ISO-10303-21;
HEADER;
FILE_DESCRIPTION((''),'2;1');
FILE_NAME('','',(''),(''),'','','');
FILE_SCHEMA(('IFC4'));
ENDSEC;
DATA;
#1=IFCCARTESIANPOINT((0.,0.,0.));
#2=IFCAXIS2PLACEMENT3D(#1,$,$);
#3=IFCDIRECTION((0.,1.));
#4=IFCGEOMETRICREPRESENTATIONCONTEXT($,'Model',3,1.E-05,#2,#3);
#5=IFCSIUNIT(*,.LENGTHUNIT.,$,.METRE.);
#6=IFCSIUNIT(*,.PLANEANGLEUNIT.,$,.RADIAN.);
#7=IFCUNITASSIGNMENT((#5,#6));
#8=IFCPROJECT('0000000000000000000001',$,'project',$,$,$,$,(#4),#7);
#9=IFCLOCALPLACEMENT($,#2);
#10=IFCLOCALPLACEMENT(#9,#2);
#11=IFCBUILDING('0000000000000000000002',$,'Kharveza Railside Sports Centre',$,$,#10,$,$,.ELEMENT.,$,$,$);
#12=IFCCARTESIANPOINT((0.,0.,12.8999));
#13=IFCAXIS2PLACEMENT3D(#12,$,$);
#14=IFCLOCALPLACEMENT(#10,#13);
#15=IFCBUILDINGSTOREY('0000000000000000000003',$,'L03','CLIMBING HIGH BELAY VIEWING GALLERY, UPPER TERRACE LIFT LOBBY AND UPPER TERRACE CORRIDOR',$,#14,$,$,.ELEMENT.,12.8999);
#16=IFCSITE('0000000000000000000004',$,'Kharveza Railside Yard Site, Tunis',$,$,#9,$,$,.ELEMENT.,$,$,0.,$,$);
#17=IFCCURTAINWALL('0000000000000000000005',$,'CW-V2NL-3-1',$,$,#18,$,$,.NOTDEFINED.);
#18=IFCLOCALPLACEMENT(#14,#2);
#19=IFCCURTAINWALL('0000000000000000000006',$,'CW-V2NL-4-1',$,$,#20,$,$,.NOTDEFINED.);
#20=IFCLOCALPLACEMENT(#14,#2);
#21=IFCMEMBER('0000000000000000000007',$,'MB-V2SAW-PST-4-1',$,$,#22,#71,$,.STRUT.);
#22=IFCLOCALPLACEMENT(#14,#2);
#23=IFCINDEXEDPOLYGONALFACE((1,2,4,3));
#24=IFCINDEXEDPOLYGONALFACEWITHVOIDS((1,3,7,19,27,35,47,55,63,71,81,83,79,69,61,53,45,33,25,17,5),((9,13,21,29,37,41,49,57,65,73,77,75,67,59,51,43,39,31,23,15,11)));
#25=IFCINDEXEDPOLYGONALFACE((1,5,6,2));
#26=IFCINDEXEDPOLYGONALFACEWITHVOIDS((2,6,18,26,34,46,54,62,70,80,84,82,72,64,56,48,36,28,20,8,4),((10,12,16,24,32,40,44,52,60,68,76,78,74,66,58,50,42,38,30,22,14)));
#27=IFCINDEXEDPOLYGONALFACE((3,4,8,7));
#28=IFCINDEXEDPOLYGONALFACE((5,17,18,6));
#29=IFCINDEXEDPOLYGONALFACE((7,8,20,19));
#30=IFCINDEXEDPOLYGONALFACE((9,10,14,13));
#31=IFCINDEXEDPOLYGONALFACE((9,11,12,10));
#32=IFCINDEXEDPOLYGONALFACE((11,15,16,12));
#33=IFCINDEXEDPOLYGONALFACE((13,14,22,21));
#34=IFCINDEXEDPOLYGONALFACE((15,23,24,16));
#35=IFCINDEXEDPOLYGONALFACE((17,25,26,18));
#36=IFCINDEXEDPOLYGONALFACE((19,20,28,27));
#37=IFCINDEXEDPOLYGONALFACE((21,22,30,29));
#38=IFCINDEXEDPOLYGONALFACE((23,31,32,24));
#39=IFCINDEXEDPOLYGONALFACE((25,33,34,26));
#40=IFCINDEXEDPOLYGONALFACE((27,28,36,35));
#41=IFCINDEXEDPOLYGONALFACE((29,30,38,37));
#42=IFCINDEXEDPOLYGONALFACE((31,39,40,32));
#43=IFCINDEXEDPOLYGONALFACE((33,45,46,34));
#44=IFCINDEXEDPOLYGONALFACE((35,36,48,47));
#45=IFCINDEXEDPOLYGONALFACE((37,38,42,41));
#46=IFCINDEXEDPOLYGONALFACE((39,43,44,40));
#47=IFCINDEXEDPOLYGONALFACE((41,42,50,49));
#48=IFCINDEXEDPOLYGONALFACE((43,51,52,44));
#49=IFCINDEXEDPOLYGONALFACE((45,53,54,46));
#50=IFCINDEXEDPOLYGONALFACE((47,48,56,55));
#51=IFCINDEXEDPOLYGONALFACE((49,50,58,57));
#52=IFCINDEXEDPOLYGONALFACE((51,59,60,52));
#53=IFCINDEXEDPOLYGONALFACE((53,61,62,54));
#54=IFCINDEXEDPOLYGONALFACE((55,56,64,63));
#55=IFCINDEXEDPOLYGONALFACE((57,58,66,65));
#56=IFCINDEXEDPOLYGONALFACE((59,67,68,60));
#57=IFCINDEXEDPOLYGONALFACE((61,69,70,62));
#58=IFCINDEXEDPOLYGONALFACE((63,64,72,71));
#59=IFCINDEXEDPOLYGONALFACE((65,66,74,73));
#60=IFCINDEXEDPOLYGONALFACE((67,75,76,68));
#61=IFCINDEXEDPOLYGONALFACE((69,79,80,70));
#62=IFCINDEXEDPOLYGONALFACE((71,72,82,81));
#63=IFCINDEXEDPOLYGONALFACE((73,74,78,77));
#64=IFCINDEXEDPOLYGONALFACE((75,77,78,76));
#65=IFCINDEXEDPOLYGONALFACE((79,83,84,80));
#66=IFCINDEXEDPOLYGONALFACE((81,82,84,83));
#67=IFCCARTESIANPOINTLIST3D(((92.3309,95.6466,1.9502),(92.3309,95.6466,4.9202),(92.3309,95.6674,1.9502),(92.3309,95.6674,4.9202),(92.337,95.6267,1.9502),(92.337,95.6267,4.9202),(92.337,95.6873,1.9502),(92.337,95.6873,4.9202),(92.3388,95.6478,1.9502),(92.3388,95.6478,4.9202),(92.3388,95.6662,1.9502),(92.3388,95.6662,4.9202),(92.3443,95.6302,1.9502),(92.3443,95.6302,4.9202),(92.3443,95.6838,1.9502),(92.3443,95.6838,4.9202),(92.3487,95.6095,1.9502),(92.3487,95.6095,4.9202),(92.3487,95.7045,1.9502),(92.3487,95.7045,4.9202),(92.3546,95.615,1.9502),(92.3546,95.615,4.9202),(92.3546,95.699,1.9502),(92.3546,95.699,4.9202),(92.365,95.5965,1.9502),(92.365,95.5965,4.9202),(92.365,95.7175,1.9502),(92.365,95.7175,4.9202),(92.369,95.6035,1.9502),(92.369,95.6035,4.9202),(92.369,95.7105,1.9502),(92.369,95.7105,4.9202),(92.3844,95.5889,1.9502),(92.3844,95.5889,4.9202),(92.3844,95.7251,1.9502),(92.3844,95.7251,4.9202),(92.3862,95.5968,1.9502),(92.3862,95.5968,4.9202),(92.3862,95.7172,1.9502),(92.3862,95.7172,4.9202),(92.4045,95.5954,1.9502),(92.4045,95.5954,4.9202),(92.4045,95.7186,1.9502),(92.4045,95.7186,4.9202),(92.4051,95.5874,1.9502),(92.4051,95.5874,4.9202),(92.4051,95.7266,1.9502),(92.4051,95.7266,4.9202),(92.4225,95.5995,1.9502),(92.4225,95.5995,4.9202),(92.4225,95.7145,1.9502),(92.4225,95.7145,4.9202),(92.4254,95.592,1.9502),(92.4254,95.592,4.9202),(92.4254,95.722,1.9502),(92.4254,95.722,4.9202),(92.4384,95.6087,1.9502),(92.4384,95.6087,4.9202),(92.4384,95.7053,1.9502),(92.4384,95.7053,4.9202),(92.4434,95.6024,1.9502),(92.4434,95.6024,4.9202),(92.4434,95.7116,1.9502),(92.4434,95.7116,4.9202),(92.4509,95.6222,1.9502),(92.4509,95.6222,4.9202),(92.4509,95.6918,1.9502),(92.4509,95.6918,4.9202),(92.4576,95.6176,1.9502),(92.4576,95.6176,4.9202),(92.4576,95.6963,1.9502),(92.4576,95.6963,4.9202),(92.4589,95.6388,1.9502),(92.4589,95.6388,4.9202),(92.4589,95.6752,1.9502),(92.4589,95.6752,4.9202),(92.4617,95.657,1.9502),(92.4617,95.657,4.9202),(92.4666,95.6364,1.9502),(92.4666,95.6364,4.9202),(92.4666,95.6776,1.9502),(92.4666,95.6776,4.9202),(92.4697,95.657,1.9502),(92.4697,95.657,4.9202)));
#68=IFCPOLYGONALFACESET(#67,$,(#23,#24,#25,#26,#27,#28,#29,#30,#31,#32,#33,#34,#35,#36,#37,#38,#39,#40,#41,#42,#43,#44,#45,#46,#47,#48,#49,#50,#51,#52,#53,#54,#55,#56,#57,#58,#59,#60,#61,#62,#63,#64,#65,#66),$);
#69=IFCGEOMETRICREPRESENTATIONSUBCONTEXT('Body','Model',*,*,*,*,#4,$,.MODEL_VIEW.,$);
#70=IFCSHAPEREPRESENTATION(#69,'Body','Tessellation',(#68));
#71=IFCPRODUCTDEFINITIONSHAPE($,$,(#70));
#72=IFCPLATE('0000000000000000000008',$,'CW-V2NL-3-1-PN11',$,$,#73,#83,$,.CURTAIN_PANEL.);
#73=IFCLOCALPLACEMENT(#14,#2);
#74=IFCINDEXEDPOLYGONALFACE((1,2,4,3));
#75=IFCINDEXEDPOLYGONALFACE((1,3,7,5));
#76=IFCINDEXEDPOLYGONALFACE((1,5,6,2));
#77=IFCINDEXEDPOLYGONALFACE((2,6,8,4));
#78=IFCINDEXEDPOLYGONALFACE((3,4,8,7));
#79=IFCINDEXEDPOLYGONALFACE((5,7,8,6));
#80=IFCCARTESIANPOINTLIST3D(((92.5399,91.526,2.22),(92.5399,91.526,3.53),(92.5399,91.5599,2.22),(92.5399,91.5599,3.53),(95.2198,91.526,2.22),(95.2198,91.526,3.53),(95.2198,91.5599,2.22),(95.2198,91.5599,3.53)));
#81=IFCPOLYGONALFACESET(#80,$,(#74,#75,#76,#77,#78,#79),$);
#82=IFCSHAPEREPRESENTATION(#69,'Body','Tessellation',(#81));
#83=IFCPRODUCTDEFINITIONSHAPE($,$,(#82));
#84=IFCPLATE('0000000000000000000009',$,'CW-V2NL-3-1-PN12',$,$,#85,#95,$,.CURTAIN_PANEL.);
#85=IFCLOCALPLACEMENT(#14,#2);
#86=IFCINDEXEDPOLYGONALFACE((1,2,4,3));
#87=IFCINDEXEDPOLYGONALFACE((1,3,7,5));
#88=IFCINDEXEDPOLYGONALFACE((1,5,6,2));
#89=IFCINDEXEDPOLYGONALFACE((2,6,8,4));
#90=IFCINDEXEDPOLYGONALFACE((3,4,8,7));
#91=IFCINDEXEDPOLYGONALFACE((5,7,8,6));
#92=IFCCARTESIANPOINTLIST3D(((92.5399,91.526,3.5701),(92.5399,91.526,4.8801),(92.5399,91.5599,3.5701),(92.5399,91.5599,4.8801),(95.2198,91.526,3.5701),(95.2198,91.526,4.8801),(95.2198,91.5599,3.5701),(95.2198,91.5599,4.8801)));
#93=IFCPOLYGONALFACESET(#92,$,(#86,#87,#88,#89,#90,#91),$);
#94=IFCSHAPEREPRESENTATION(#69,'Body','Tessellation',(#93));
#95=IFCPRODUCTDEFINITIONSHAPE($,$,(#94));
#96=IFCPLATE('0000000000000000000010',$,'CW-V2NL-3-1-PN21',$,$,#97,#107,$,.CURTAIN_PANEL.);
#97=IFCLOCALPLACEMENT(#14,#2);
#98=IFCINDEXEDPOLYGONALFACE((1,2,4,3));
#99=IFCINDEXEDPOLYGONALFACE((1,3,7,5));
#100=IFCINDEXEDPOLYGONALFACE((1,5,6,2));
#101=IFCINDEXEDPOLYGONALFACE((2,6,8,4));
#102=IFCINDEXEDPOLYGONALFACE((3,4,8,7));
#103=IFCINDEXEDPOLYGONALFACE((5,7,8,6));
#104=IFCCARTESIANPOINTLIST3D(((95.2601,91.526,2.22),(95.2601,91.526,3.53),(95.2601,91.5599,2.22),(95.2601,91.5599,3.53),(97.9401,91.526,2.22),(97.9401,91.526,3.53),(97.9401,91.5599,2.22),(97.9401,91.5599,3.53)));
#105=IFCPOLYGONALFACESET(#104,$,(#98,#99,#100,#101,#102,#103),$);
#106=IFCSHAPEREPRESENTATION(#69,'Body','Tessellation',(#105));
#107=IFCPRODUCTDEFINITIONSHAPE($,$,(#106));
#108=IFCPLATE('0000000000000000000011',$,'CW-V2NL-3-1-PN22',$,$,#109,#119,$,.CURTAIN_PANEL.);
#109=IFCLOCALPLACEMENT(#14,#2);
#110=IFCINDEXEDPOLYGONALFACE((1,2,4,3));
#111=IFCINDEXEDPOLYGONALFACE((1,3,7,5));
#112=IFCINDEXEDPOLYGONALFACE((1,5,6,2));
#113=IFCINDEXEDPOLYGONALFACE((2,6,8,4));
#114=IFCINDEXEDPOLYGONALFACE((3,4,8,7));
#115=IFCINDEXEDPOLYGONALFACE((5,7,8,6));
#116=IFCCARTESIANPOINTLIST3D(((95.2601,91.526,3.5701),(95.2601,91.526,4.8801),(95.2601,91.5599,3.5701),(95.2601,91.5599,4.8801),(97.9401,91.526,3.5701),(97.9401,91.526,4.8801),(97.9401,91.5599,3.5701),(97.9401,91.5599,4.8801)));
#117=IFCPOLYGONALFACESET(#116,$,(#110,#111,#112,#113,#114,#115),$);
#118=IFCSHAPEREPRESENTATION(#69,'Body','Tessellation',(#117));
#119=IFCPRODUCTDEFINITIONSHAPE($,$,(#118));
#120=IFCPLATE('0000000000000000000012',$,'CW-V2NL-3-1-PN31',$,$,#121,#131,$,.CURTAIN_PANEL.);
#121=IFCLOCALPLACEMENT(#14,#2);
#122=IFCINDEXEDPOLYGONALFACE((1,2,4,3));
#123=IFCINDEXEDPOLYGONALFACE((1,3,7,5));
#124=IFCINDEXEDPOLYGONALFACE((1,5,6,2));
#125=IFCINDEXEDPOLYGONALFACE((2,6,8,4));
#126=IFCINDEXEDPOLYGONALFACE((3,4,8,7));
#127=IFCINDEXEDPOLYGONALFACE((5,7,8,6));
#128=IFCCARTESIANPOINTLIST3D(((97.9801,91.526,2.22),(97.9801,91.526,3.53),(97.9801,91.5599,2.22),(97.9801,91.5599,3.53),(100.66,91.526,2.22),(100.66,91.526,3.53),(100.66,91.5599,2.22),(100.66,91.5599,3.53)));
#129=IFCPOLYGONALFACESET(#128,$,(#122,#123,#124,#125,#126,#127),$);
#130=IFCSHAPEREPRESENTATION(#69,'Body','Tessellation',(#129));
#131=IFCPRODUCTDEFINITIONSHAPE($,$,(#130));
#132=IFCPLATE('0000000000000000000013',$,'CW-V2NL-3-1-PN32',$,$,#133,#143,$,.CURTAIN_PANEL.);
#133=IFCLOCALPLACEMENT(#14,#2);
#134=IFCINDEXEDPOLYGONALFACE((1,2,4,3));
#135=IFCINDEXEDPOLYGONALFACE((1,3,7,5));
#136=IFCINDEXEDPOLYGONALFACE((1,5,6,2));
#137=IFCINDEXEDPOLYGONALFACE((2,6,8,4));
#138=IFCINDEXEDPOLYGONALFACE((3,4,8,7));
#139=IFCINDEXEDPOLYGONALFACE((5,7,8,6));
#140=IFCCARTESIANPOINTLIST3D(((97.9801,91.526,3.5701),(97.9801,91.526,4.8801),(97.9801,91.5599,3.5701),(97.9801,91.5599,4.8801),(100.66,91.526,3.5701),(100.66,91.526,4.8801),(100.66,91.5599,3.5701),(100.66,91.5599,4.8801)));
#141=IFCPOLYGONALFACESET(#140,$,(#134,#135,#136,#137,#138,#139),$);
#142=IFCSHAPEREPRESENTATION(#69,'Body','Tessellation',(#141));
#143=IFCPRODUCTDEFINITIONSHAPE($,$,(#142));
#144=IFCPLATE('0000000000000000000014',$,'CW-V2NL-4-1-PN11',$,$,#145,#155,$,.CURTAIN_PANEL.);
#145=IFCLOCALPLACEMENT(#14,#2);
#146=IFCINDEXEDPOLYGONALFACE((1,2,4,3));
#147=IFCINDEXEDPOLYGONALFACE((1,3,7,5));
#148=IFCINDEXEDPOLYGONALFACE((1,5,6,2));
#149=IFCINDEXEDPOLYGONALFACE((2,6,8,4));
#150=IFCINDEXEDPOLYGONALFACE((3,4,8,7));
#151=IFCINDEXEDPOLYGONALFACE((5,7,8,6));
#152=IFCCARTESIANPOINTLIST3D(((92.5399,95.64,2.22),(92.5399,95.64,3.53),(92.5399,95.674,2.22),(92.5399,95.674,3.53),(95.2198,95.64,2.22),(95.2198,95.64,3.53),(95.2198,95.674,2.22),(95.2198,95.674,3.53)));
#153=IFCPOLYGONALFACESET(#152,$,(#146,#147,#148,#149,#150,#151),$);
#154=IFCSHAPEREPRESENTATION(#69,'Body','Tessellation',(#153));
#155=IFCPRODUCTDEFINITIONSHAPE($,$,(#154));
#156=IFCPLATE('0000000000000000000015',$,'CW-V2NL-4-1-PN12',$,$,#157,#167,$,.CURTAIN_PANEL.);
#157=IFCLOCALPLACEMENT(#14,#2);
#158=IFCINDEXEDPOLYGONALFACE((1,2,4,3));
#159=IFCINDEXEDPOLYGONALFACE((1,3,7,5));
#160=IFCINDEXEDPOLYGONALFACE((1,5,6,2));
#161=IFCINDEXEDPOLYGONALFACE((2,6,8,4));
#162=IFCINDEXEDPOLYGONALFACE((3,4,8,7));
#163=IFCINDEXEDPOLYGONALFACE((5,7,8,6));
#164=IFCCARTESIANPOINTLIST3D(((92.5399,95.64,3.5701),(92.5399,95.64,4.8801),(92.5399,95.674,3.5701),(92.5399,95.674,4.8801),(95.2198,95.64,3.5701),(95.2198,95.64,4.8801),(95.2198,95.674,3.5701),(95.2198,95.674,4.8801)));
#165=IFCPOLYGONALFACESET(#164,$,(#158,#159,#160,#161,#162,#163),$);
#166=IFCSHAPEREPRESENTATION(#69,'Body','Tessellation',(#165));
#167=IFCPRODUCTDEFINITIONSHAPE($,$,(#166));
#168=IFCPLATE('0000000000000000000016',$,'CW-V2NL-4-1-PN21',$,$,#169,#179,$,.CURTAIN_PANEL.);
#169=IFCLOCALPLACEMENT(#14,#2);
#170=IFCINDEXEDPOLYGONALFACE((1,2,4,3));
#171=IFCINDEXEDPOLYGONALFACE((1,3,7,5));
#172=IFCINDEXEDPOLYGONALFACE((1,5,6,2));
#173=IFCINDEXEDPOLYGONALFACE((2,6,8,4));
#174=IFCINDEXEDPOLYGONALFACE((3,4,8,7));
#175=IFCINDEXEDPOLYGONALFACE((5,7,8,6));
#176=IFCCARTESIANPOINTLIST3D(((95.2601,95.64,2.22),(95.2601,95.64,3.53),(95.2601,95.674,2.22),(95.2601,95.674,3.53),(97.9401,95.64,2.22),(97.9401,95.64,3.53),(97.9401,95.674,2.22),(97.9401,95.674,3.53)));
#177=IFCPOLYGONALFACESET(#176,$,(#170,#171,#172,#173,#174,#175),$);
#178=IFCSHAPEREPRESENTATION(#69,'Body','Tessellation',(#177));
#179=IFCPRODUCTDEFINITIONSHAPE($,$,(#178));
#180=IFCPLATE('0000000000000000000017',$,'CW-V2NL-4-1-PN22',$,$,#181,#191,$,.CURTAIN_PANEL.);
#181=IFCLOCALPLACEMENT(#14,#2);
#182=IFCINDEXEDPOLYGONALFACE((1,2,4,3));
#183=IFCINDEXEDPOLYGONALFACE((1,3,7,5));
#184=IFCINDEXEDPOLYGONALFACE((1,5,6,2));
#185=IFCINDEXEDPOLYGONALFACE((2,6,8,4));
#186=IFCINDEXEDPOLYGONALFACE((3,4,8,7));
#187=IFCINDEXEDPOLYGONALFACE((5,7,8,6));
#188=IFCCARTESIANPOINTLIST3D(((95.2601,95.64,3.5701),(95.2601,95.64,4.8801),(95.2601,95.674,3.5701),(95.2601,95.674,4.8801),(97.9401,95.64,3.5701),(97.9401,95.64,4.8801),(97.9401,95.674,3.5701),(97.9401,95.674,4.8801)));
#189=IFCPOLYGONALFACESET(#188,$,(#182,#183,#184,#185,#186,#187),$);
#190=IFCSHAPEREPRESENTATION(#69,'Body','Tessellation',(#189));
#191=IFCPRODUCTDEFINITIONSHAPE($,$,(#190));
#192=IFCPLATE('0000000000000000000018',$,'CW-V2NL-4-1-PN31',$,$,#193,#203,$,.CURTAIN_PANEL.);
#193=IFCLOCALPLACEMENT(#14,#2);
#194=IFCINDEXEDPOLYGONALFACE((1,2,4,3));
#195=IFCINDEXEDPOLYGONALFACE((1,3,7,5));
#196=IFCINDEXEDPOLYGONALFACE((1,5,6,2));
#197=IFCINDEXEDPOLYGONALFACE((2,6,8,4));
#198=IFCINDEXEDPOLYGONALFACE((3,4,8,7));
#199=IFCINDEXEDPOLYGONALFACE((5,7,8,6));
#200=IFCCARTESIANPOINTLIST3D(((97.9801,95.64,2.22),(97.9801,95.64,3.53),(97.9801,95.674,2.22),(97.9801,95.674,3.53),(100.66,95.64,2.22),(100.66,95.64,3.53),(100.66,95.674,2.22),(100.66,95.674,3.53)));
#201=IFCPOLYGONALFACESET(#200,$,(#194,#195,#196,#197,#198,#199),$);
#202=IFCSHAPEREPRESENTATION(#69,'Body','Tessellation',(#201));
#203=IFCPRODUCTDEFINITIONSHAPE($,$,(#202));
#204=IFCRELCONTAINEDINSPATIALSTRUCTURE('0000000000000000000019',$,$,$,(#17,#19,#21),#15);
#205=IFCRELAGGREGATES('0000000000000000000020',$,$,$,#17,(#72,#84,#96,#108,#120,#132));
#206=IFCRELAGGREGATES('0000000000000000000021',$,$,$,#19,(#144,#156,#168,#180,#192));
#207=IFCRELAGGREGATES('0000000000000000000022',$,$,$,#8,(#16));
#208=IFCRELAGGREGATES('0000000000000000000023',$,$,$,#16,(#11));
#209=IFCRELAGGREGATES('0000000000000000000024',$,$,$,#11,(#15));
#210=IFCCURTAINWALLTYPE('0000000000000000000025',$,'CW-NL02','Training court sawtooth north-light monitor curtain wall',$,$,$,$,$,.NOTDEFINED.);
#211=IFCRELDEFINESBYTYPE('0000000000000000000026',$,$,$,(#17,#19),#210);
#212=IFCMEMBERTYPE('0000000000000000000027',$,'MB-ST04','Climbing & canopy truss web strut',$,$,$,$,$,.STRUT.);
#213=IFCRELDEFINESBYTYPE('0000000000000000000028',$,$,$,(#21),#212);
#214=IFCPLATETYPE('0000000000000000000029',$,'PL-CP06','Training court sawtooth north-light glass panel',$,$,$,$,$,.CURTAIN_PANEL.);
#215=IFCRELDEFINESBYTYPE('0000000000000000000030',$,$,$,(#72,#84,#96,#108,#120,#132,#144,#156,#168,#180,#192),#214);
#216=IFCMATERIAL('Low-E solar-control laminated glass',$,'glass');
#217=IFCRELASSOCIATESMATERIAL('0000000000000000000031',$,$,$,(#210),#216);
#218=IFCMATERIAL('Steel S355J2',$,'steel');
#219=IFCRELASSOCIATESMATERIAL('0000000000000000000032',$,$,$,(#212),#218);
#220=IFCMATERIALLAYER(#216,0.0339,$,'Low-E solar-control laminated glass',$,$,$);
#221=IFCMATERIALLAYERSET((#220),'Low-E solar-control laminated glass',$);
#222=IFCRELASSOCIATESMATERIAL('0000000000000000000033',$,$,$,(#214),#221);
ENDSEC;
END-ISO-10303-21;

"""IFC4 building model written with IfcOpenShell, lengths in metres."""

from ifc_helpers import new_model, si_unit, direction, frame, origin, origin_2d, place, context, subcontext, project, spatial, rectangle, hollow_circle, extrude, material, layer, layer_set, material_profile, profile_set, type_object, element, aggregate, save


model = new_model("IFC4")

# Units and contexts
model_context = context("Model", 3, precision=1e-05, world=origin(), true_north=direction((0.0, 1.0)))
body_context = subcontext(model_context, "Body", "Model", "MODEL_VIEW")
ifc_project = project(units=[si_unit("LENGTHUNIT", "METRE"), si_unit("PLANEANGLEUNIT", "RADIAN")], contexts=[model_context])

# Site, building, storey
site_placement = place(None, origin())
site = spatial("IfcSite", under=ifc_project, at=site_placement, Name="Kharveza Railside Yard Site, Tunis", CompositionType="ELEMENT", RefElevation=0.0)
building_placement = place(site_placement, origin())
building = spatial("IfcBuilding", under=site, at=building_placement, Name="Kharveza Railside Sports Centre", CompositionType="ELEMENT")
storey_placement = place(building_placement, frame((0.0, 0.0, 12.8999)))
storey = spatial("IfcBuildingStorey", under=building, at=storey_placement, Name="L03", Description="CLIMBING HIGH BELAY VIEWING GALLERY, UPPER TERRACE LIFT LOBBY AND UPPER TERRACE CORRIDOR", CompositionType="ELEMENT", Elevation=12.8999)

# Shared definitions
ifc_material_1 = material(Name="Steel S355J2", Category="steel")

# Curtain walls
ifc_material_2 = material(Name="Low-E solar-control laminated glass", Category="glass")
curtain_wall_type = type_object("IfcCurtainWallType", Name="CW-NL02", Description="Training court sawtooth north-light monitor curtain wall", PredefinedType="NOTDEFINED", material=ifc_material_2)
curtain_wall_1_placement = place(storey_placement, origin())
curtain_wall_1 = element("IfcCurtainWall", 1, at=curtain_wall_1_placement, inside=storey, type_object=curtain_wall_type, Name="CW-V2NL-3-1", PredefinedType="NOTDEFINED")
curtain_wall_2_placement = place(storey_placement, origin())
curtain_wall_2 = element("IfcCurtainWall", 2, at=curtain_wall_2_placement, inside=storey, type_object=curtain_wall_type, Name="CW-V2NL-4-1", PredefinedType="NOTDEFINED")

# Member
ifc_material_profile_1 = material_profile(ifc_material_1, hollow_circle(Radius=0.0698, WallThickness=0.0081, at=origin_2d()), Name="CHS 139.7x8.0")
ifc_profile_set_1 = profile_set([ifc_material_profile_1], Name="Steel S355J2")
member_type_1 = type_object("IfcMemberType", Name="MB-ST04", Description="Climbing & canopy truss web strut", PredefinedType="STRUT", material=ifc_profile_set_1)
member_1_placement = place(storey_placement, frame((92.3999, 95.657, 1.9502), z_axis=(0.0, 0.0, 1.0), x_axis=(1.0, 0.0, 0.0)))
element("IfcMember", 3, at=member_1_placement, inside=storey, type_object=member_type_1, Name="MB-V2SAW-PST-4-1", PredefinedType="STRUT", context=body_context, shape_type="SweptSolid", body=[
    extrude(hollow_circle(Radius=0.0698, WallThickness=0.0081, at=origin_2d()), origin(), (0.0, 0.0, 1.0), 2.97),
])

# Plates
ifc_layer_1 = layer(ifc_material_2, 0.0339, Name="Low-E solar-control laminated glass")
ifc_layer_set_1 = layer_set([ifc_layer_1], Name="Low-E solar-control laminated glass")
plate_type = type_object("IfcPlateType", Name="PL-CP06", Description="Training court sawtooth north-light glass panel", PredefinedType="CURTAIN_PANEL", material=ifc_layer_set_1)
plate_1_placement = place(storey_placement, frame((93.8799, 91.543, 2.22), z_axis=(0.0, 0.0, 1.0), x_axis=(1.0, 0.0, 0.0)))
plate_1 = element("IfcPlate", 4, at=plate_1_placement, type_object=plate_type, Name="CW-V2NL-3-1-PN11", PredefinedType="CURTAIN_PANEL", context=body_context, shape_type="SweptSolid", body=[
    extrude(rectangle(XDim=2.6799, YDim=0.0339, at=origin_2d()), origin(), (0.0, 0.0, 1.0), 1.3101),
])
plate_2_placement = place(storey_placement, frame((93.8799, 91.543, 3.5701), z_axis=(0.0, 0.0, 1.0), x_axis=(1.0, 0.0, 0.0)))
plate_2 = element("IfcPlate", 5, at=plate_2_placement, type_object=plate_type, Name="CW-V2NL-3-1-PN12", PredefinedType="CURTAIN_PANEL", context=body_context, shape_type="SweptSolid", body=[
    extrude(rectangle(XDim=2.6799, YDim=0.0339, at=origin_2d()), origin(), (0.0, 0.0, 1.0), 1.3101),
])
plate_3_placement = place(storey_placement, frame((96.6001, 91.543, 2.22), z_axis=(0.0, 0.0, 1.0), x_axis=(1.0, 0.0, 0.0)))
plate_3 = element("IfcPlate", 6, at=plate_3_placement, type_object=plate_type, Name="CW-V2NL-3-1-PN21", PredefinedType="CURTAIN_PANEL", context=body_context, shape_type="SweptSolid", body=[
    extrude(rectangle(XDim=2.6799, YDim=0.0339, at=origin_2d()), origin(), (0.0, 0.0, 1.0), 1.3101),
])
plate_4_placement = place(storey_placement, frame((96.6001, 91.543, 3.5701), z_axis=(0.0, 0.0, 1.0), x_axis=(1.0, 0.0, 0.0)))
plate_4 = element("IfcPlate", 7, at=plate_4_placement, type_object=plate_type, Name="CW-V2NL-3-1-PN22", PredefinedType="CURTAIN_PANEL", context=body_context, shape_type="SweptSolid", body=[
    extrude(rectangle(XDim=2.6799, YDim=0.0339, at=origin_2d()), origin(), (0.0, 0.0, 1.0), 1.3101),
])
plate_5_placement = place(storey_placement, frame((99.3201, 91.543, 2.22), z_axis=(0.0, 0.0, 1.0), x_axis=(1.0, 0.0, 0.0)))
plate_5 = element("IfcPlate", 8, at=plate_5_placement, type_object=plate_type, Name="CW-V2NL-3-1-PN31", PredefinedType="CURTAIN_PANEL", context=body_context, shape_type="SweptSolid", body=[
    extrude(rectangle(XDim=2.6799, YDim=0.0339, at=origin_2d()), origin(), (0.0, 0.0, 1.0), 1.3101),
])
plate_6_placement = place(storey_placement, frame((99.3201, 91.543, 3.5701), z_axis=(0.0, 0.0, 1.0), x_axis=(1.0, 0.0, 0.0)))
plate_6 = element("IfcPlate", 9, at=plate_6_placement, type_object=plate_type, Name="CW-V2NL-3-1-PN32", PredefinedType="CURTAIN_PANEL", context=body_context, shape_type="SweptSolid", body=[
    extrude(rectangle(XDim=2.6799, YDim=0.0339, at=origin_2d()), origin(), (0.0, 0.0, 1.0), 1.3101),
])
aggregate(curtain_wall_1, [plate_1, plate_2, plate_3, plate_4, plate_5, plate_6])
plate_7_placement = place(storey_placement, frame((93.8799, 95.657, 2.22), z_axis=(0.0, 0.0, 1.0), x_axis=(1.0, 0.0, 0.0)))
plate_7 = element("IfcPlate", 10, at=plate_7_placement, type_object=plate_type, Name="CW-V2NL-4-1-PN11", PredefinedType="CURTAIN_PANEL", context=body_context, shape_type="SweptSolid", body=[
    extrude(rectangle(XDim=2.6799, YDim=0.0339, at=origin_2d()), origin(), (0.0, 0.0, 1.0), 1.3101),
])
plate_8_placement = place(storey_placement, frame((93.8799, 95.657, 3.5701), z_axis=(0.0, 0.0, 1.0), x_axis=(1.0, 0.0, 0.0)))
plate_8 = element("IfcPlate", 11, at=plate_8_placement, type_object=plate_type, Name="CW-V2NL-4-1-PN12", PredefinedType="CURTAIN_PANEL", context=body_context, shape_type="SweptSolid", body=[
    extrude(rectangle(XDim=2.6799, YDim=0.0339, at=origin_2d()), origin(), (0.0, 0.0, 1.0), 1.3101),
])
plate_9_placement = place(storey_placement, frame((96.6001, 95.657, 2.22), z_axis=(0.0, 0.0, 1.0), x_axis=(1.0, 0.0, 0.0)))
plate_9 = element("IfcPlate", 12, at=plate_9_placement, type_object=plate_type, Name="CW-V2NL-4-1-PN21", PredefinedType="CURTAIN_PANEL", context=body_context, shape_type="SweptSolid", body=[
    extrude(rectangle(XDim=2.6799, YDim=0.0339, at=origin_2d()), origin(), (0.0, 0.0, 1.0), 1.3101),
])
plate_10_placement = place(storey_placement, frame((96.6001, 95.657, 3.5701), z_axis=(0.0, 0.0, 1.0), x_axis=(1.0, 0.0, 0.0)))
plate_10 = element("IfcPlate", 13, at=plate_10_placement, type_object=plate_type, Name="CW-V2NL-4-1-PN22", PredefinedType="CURTAIN_PANEL", context=body_context, shape_type="SweptSolid", body=[
    extrude(rectangle(XDim=2.6799, YDim=0.0339, at=origin_2d()), origin(), (0.0, 0.0, 1.0), 1.3101),
])
plate_11_placement = place(storey_placement, frame((99.3201, 95.657, 2.22), z_axis=(0.0, 0.0, 1.0), x_axis=(1.0, 0.0, 0.0)))
plate_11 = element("IfcPlate", 14, at=plate_11_placement, type_object=plate_type, Name="CW-V2NL-4-1-PN31", PredefinedType="CURTAIN_PANEL", context=body_context, shape_type="SweptSolid", body=[
    extrude(rectangle(XDim=2.6799, YDim=0.0339, at=origin_2d()), origin(), (0.0, 0.0, 1.0), 1.3101),
])
aggregate(curtain_wall_2, [plate_7, plate_8, plate_9, plate_10, plate_11])

save(model, "model.ifc")
